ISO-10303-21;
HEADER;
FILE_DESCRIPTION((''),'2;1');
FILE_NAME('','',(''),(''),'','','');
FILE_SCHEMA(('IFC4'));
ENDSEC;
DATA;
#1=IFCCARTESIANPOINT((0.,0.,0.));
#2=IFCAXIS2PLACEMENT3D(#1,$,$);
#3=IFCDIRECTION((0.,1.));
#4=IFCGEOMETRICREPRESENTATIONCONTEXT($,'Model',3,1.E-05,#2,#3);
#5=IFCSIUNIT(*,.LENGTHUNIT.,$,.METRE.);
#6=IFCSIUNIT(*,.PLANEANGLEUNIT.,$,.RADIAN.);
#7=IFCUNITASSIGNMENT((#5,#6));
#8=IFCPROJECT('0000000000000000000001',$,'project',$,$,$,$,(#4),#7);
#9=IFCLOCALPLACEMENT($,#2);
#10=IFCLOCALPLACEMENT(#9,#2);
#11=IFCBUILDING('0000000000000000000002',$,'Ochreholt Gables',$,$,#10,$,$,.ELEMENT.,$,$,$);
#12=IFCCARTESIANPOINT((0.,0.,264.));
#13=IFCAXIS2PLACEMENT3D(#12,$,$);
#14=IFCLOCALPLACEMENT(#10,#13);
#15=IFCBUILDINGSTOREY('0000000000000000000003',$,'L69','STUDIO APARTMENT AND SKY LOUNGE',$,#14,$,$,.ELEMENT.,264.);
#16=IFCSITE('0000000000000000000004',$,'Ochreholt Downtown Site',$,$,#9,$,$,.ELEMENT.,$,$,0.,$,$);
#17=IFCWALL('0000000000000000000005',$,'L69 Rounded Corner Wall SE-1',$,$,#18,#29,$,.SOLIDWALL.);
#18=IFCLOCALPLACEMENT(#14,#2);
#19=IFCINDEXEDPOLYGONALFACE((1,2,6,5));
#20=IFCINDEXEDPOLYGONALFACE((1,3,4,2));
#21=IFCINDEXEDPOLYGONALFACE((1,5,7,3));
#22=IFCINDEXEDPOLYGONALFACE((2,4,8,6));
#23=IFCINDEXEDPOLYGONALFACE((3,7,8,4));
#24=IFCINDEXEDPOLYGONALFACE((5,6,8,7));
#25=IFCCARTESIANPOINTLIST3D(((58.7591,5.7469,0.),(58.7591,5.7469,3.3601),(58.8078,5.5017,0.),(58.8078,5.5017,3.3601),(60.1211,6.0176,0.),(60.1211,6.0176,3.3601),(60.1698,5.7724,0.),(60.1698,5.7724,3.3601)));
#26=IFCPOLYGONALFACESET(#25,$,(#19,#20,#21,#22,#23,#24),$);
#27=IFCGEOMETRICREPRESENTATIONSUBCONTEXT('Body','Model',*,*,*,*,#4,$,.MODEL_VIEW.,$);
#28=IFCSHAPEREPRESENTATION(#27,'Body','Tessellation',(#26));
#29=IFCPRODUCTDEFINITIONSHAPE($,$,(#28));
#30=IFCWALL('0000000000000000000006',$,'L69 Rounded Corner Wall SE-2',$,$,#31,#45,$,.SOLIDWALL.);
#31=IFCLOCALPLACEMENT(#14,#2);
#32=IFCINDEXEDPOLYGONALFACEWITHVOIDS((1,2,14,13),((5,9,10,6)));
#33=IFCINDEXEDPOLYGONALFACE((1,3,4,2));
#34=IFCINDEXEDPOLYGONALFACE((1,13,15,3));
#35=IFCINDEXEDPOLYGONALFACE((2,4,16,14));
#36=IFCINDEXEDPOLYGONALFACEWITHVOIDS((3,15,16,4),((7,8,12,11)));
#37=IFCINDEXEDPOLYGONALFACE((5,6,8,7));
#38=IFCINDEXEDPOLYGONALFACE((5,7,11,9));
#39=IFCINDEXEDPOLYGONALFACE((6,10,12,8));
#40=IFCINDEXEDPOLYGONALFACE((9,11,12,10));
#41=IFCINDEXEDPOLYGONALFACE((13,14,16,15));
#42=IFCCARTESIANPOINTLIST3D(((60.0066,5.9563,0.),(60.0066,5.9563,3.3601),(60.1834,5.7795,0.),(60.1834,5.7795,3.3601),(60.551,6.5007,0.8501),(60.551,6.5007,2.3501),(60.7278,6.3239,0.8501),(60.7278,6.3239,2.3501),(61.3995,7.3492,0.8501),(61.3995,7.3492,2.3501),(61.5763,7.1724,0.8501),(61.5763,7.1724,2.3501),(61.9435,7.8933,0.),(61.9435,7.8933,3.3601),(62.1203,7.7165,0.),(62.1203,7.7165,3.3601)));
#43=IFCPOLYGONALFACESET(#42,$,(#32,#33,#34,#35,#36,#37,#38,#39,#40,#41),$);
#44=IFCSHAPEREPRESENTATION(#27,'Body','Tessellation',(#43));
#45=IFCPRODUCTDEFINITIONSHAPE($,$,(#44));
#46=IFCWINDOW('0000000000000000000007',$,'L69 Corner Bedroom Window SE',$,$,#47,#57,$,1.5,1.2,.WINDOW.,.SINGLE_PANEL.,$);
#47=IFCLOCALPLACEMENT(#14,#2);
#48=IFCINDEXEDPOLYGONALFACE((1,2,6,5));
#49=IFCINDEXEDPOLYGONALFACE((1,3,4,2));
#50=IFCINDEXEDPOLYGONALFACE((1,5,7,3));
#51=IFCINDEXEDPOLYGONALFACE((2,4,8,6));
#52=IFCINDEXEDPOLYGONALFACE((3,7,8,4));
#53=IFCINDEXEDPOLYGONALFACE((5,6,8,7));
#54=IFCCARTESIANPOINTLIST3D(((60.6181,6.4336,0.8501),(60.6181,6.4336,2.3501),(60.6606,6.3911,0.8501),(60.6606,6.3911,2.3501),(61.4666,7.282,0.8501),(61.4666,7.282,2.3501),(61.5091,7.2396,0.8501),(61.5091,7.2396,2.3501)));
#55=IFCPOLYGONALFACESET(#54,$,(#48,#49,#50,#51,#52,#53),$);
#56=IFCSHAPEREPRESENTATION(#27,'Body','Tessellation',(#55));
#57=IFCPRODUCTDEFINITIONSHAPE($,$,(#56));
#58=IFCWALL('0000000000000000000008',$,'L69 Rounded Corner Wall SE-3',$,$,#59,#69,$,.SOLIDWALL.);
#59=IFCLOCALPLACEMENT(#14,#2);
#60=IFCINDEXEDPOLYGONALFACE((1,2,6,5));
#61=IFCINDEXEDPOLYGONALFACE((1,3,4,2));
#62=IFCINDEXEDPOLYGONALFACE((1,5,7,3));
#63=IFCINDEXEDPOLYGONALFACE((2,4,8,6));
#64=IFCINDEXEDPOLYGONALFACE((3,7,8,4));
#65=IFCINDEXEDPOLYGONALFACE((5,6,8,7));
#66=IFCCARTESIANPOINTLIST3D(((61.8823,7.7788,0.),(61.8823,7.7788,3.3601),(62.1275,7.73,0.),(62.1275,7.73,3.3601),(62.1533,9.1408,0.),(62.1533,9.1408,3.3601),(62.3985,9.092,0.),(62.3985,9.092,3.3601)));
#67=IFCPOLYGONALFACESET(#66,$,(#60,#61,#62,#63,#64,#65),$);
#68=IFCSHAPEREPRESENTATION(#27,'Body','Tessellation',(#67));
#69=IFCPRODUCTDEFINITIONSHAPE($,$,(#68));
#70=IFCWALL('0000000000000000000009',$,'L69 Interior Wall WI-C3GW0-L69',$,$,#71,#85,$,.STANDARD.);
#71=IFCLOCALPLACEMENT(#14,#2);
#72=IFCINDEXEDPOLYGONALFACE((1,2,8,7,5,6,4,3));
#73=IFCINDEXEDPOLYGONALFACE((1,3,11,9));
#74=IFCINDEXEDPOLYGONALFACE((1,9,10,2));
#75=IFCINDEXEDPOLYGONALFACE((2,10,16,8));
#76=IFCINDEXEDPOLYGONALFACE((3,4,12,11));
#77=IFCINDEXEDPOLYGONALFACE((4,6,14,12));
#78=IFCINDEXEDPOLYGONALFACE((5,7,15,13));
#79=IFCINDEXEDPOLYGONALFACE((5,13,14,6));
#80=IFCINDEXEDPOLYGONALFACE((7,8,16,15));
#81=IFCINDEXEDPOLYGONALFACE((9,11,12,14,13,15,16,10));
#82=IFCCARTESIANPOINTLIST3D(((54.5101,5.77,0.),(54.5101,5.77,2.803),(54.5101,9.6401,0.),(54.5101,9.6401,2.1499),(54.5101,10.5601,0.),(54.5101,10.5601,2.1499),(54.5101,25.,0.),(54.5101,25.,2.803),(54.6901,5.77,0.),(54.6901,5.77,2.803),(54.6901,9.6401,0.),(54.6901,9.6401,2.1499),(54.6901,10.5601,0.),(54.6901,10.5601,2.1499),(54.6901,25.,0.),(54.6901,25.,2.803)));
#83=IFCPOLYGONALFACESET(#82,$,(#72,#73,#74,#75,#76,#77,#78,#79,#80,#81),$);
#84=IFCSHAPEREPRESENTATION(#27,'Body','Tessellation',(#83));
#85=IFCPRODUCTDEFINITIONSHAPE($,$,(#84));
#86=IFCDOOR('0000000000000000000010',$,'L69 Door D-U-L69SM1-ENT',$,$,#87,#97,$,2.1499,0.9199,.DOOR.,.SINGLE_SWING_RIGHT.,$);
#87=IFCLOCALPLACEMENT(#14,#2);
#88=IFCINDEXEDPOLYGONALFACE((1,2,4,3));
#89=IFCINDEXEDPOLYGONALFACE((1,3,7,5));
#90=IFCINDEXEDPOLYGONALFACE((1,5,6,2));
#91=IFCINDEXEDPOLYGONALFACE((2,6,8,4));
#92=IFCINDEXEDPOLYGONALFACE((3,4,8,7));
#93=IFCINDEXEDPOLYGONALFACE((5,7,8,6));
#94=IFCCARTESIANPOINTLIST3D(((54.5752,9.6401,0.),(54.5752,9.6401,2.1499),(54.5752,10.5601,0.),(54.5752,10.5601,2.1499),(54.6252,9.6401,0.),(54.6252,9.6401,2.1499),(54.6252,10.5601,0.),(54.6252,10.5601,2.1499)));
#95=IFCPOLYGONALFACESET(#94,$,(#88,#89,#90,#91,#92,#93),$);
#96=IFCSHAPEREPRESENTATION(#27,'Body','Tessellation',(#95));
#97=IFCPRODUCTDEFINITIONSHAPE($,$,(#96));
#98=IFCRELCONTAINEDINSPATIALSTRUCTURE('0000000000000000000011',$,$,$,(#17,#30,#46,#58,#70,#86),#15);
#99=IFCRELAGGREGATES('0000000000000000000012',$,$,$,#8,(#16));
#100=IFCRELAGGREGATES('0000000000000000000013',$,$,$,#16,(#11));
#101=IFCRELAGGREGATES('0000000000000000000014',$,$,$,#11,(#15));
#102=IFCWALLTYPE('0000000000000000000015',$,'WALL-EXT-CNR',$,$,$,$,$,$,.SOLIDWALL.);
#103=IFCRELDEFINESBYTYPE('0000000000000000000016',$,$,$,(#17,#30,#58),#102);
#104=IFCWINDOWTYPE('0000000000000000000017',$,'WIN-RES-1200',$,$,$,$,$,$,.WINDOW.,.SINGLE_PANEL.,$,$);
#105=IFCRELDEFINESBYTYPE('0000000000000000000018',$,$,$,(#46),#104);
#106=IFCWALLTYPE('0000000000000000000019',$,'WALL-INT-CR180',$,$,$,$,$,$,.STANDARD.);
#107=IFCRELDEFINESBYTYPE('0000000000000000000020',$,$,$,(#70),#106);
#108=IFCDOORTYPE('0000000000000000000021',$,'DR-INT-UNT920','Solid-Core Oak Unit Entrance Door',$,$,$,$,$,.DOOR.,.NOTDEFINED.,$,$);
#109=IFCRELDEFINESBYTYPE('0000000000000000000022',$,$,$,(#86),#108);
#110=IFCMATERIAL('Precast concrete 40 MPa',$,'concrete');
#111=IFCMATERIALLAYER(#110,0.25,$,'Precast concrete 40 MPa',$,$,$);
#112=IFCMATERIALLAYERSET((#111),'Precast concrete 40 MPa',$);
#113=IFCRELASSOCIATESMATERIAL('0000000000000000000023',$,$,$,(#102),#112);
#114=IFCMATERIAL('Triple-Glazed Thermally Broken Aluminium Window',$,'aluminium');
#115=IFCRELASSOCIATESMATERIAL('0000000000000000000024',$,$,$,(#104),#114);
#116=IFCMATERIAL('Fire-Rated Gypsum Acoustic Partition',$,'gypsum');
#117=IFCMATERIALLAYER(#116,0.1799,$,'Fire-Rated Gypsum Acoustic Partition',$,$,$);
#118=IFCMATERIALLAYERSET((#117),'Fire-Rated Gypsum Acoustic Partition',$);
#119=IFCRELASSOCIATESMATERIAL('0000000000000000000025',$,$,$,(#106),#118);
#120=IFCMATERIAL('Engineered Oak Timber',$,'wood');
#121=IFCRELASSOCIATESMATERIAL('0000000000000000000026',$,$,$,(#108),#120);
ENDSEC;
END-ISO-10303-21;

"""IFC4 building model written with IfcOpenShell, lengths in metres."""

from ifc_helpers import new_model, si_unit, direction, frame, frame_2d, origin, place, context, subcontext, project, spatial, rectangle, extrude, material, layer, layer_set, type_object, element, fill, save


model = new_model("IFC4")

# Units and contexts
model_context = context("Model", 3, precision=1e-05, world=origin(), true_north=direction((0.0, 1.0)))
body_context = subcontext(model_context, "Body", "Model", "MODEL_VIEW")
ifc_project = project(units=[si_unit("LENGTHUNIT", "METRE"), si_unit("PLANEANGLEUNIT", "RADIAN")], contexts=[model_context])

# Site, building, storey
site_placement = place(None, origin())
site = spatial("IfcSite", under=ifc_project, at=site_placement, Name="Ochreholt Downtown Site", CompositionType="ELEMENT", RefElevation=0.0)
building_placement = place(site_placement, origin())
building = spatial("IfcBuilding", under=site, at=building_placement, Name="Ochreholt Gables", CompositionType="ELEMENT")
storey_placement = place(building_placement, frame((0.0, 0.0, 264.0)))
storey = spatial("IfcBuildingStorey", under=building, at=storey_placement, Name="L69", Description="STUDIO APARTMENT AND SKY LOUNGE", CompositionType="ELEMENT", Elevation=264.0)

# Shared definitions
ifc_material_1 = material(Name="Precast concrete 40 MPa", Category="concrete")
ifc_material_2 = material(Name="Triple-Glazed Thermally Broken Aluminium Window", Category="aluminium")

# Wall
ifc_layer_1 = layer(ifc_material_1, 0.25, Name="Precast concrete 40 MPa")
ifc_layer_set_1 = layer_set([ifc_layer_1], Name="Precast concrete 40 MPa")
wall_type_1 = type_object("IfcWallType", Name="WALL-EXT-CNR", PredefinedType="SOLIDWALL", material=ifc_layer_set_1)
wall_1_placement = place(storey_placement, frame((58.7834, 5.6243, 0.0), z_axis=(0.0, 0.0, 1.0), x_axis=(0.98081, 0.194967, 0.0)))
element("IfcWall", 1, at=wall_1_placement, inside=storey, type_object=wall_type_1, Name="L69 Rounded Corner Wall SE-1", PredefinedType="SOLIDWALL", context=body_context, shape_type="SweptSolid", body=[
    extrude(rectangle(XDim=1.3887, YDim=0.25, at=frame_2d((0.6943, 0.0))), origin(), (0.0, 0.0, 1.0), 3.3601),
])

# Wall, opening, window
wall_2_placement = place(storey_placement, frame((60.095, 5.8679, 0.0), z_axis=(0.0, 0.0, 1.0), x_axis=(0.707107, 0.707107, 0.0)))
wall_2 = element("IfcWall", 2, at=wall_2_placement, inside=storey, type_object=wall_type_1, Name="L69 Rounded Corner Wall SE-2", PredefinedType="SOLIDWALL", context=body_context, shape_type="SweptSolid", body=[
    extrude(rectangle(XDim=2.7393, YDim=0.25, at=frame_2d((1.3696, 0.0))), origin(), (0.0, 0.0, 1.0), 3.3601),
])
opening_1_placement = place(wall_2_placement, frame((0.7698, 0.0, 0.8501)))
opening_1 = element("IfcOpeningElement", 3, at=opening_1_placement, cuts=wall_2, PredefinedType="OPENING", context=body_context, shape_type="SweptSolid", body=[
    extrude(rectangle(XDim=1.2, YDim=1.5, at=frame_2d((0.6001, 0.75))), frame((0.0, 0.135, 0.0), z_axis=(0.0, -1.0, 0.0), x_axis=(1.0, 0.0, 0.0)), (0.0, 0.0, 1.0), 0.27),
])
window_type_1 = type_object("IfcWindowType", Name="WIN-RES-1200", PartitioningType="SINGLE_PANEL", PredefinedType="WINDOW", material=ifc_material_2)
window_1_placement = place(opening_1_placement, origin())
window_1 = element("IfcWindow", 4, at=window_1_placement, inside=storey, type_object=window_type_1, Name="L69 Corner Bedroom Window SE", OverallHeight=1.5, OverallWidth=1.2, PartitioningType="SINGLE_PANEL", PredefinedType="WINDOW", context=body_context, shape_type="SweptSolid", body=[
    extrude(rectangle(XDim=1.2, YDim=1.5, at=frame_2d((0.6001, 0.75))), frame((0.0, 0.03, 0.0), z_axis=(0.0, -1.0, 0.0), x_axis=(1.0, 0.0, 0.0)), (0.0, 0.0, 1.0), 0.0601),
])
fill(opening_1, window_1)

# Wall
wall_3_placement = place(storey_placement, frame((62.0049, 7.7544, 0.0), z_axis=(0.0, 0.0, 1.0), x_axis=(0.195136, 0.980776, 0.0)))
element("IfcWall", 5, at=wall_3_placement, inside=storey, type_object=wall_type_1, Name="L69 Rounded Corner Wall SE-3", PredefinedType="SOLIDWALL", context=body_context, shape_type="SweptSolid", body=[
    extrude(rectangle(XDim=1.3887, YDim=0.25, at=frame_2d((0.6943, 0.0))), origin(), (0.0, 0.0, 1.0), 3.3601),
])

# Wall, opening, door
ifc_material_3 = material(Name="Fire-Rated Gypsum Acoustic Partition", Category="gypsum")
ifc_layer_2 = layer(ifc_material_3, 0.1799, Name="Fire-Rated Gypsum Acoustic Partition")
ifc_layer_set_2 = layer_set([ifc_layer_2], Name="Fire-Rated Gypsum Acoustic Partition")
wall_type_2 = type_object("IfcWallType", Name="WALL-INT-CR180", PredefinedType="STANDARD", material=ifc_layer_set_2)
wall_4_placement = place(storey_placement, frame((54.6001, 5.77, 0.0), z_axis=(0.0, 0.0, 1.0), x_axis=(0.0, 1.0, 0.0)))
wall_4 = element("IfcWall", 6, at=wall_4_placement, inside=storey, type_object=wall_type_2, Name="L69 Interior Wall WI-C3GW0-L69", PredefinedType="STANDARD", context=body_context, shape_type="SweptSolid", body=[
    extrude(rectangle(XDim=19.23, YDim=0.1799, at=frame_2d((9.615, 0.0))), origin(), (0.0, 0.0, 1.0), 2.803),
])
opening_2_placement = place(wall_4_placement, frame((3.8701, 0.0, 0.0)))
opening_2 = element("IfcOpeningElement", 7, at=opening_2_placement, cuts=wall_4, PredefinedType="OPENING", context=body_context, shape_type="SweptSolid", body=[
    extrude(rectangle(XDim=0.9199, YDim=2.1499, at=frame_2d((0.46, 1.075))), frame((0.0, 0.0999, 0.0), z_axis=(0.0, -1.0, 0.0), x_axis=(1.0, 0.0, 0.0)), (0.0, 0.0, 1.0), 0.2),
])
ifc_material_4 = material(Name="Engineered Oak Timber", Category="wood")
door_type_1 = type_object("IfcDoorType", Name="DR-INT-UNT920", Description="Solid-Core Oak Unit Entrance Door", OperationType="NOTDEFINED", PredefinedType="DOOR", material=ifc_material_4)
door_1_placement = place(opening_2_placement, origin())
door_1 = element("IfcDoor", 8, at=door_1_placement, inside=storey, type_object=door_type_1, Name="L69 Door D-U-L69SM1-ENT", OperationType="SINGLE_SWING_RIGHT", OverallHeight=2.1499, OverallWidth=0.9199, PredefinedType="DOOR", context=body_context, shape_type="SweptSolid", body=[
    extrude(rectangle(XDim=0.9199, YDim=2.1499, at=frame_2d((0.46, 1.075))), frame((0.0, 0.0249, 0.0), z_axis=(0.0, -1.0, 0.0), x_axis=(1.0, 0.0, 0.0)), (0.0, 0.0, 1.0), 0.05),
])
fill(opening_2, door_1)

save(model, "model.ifc")
